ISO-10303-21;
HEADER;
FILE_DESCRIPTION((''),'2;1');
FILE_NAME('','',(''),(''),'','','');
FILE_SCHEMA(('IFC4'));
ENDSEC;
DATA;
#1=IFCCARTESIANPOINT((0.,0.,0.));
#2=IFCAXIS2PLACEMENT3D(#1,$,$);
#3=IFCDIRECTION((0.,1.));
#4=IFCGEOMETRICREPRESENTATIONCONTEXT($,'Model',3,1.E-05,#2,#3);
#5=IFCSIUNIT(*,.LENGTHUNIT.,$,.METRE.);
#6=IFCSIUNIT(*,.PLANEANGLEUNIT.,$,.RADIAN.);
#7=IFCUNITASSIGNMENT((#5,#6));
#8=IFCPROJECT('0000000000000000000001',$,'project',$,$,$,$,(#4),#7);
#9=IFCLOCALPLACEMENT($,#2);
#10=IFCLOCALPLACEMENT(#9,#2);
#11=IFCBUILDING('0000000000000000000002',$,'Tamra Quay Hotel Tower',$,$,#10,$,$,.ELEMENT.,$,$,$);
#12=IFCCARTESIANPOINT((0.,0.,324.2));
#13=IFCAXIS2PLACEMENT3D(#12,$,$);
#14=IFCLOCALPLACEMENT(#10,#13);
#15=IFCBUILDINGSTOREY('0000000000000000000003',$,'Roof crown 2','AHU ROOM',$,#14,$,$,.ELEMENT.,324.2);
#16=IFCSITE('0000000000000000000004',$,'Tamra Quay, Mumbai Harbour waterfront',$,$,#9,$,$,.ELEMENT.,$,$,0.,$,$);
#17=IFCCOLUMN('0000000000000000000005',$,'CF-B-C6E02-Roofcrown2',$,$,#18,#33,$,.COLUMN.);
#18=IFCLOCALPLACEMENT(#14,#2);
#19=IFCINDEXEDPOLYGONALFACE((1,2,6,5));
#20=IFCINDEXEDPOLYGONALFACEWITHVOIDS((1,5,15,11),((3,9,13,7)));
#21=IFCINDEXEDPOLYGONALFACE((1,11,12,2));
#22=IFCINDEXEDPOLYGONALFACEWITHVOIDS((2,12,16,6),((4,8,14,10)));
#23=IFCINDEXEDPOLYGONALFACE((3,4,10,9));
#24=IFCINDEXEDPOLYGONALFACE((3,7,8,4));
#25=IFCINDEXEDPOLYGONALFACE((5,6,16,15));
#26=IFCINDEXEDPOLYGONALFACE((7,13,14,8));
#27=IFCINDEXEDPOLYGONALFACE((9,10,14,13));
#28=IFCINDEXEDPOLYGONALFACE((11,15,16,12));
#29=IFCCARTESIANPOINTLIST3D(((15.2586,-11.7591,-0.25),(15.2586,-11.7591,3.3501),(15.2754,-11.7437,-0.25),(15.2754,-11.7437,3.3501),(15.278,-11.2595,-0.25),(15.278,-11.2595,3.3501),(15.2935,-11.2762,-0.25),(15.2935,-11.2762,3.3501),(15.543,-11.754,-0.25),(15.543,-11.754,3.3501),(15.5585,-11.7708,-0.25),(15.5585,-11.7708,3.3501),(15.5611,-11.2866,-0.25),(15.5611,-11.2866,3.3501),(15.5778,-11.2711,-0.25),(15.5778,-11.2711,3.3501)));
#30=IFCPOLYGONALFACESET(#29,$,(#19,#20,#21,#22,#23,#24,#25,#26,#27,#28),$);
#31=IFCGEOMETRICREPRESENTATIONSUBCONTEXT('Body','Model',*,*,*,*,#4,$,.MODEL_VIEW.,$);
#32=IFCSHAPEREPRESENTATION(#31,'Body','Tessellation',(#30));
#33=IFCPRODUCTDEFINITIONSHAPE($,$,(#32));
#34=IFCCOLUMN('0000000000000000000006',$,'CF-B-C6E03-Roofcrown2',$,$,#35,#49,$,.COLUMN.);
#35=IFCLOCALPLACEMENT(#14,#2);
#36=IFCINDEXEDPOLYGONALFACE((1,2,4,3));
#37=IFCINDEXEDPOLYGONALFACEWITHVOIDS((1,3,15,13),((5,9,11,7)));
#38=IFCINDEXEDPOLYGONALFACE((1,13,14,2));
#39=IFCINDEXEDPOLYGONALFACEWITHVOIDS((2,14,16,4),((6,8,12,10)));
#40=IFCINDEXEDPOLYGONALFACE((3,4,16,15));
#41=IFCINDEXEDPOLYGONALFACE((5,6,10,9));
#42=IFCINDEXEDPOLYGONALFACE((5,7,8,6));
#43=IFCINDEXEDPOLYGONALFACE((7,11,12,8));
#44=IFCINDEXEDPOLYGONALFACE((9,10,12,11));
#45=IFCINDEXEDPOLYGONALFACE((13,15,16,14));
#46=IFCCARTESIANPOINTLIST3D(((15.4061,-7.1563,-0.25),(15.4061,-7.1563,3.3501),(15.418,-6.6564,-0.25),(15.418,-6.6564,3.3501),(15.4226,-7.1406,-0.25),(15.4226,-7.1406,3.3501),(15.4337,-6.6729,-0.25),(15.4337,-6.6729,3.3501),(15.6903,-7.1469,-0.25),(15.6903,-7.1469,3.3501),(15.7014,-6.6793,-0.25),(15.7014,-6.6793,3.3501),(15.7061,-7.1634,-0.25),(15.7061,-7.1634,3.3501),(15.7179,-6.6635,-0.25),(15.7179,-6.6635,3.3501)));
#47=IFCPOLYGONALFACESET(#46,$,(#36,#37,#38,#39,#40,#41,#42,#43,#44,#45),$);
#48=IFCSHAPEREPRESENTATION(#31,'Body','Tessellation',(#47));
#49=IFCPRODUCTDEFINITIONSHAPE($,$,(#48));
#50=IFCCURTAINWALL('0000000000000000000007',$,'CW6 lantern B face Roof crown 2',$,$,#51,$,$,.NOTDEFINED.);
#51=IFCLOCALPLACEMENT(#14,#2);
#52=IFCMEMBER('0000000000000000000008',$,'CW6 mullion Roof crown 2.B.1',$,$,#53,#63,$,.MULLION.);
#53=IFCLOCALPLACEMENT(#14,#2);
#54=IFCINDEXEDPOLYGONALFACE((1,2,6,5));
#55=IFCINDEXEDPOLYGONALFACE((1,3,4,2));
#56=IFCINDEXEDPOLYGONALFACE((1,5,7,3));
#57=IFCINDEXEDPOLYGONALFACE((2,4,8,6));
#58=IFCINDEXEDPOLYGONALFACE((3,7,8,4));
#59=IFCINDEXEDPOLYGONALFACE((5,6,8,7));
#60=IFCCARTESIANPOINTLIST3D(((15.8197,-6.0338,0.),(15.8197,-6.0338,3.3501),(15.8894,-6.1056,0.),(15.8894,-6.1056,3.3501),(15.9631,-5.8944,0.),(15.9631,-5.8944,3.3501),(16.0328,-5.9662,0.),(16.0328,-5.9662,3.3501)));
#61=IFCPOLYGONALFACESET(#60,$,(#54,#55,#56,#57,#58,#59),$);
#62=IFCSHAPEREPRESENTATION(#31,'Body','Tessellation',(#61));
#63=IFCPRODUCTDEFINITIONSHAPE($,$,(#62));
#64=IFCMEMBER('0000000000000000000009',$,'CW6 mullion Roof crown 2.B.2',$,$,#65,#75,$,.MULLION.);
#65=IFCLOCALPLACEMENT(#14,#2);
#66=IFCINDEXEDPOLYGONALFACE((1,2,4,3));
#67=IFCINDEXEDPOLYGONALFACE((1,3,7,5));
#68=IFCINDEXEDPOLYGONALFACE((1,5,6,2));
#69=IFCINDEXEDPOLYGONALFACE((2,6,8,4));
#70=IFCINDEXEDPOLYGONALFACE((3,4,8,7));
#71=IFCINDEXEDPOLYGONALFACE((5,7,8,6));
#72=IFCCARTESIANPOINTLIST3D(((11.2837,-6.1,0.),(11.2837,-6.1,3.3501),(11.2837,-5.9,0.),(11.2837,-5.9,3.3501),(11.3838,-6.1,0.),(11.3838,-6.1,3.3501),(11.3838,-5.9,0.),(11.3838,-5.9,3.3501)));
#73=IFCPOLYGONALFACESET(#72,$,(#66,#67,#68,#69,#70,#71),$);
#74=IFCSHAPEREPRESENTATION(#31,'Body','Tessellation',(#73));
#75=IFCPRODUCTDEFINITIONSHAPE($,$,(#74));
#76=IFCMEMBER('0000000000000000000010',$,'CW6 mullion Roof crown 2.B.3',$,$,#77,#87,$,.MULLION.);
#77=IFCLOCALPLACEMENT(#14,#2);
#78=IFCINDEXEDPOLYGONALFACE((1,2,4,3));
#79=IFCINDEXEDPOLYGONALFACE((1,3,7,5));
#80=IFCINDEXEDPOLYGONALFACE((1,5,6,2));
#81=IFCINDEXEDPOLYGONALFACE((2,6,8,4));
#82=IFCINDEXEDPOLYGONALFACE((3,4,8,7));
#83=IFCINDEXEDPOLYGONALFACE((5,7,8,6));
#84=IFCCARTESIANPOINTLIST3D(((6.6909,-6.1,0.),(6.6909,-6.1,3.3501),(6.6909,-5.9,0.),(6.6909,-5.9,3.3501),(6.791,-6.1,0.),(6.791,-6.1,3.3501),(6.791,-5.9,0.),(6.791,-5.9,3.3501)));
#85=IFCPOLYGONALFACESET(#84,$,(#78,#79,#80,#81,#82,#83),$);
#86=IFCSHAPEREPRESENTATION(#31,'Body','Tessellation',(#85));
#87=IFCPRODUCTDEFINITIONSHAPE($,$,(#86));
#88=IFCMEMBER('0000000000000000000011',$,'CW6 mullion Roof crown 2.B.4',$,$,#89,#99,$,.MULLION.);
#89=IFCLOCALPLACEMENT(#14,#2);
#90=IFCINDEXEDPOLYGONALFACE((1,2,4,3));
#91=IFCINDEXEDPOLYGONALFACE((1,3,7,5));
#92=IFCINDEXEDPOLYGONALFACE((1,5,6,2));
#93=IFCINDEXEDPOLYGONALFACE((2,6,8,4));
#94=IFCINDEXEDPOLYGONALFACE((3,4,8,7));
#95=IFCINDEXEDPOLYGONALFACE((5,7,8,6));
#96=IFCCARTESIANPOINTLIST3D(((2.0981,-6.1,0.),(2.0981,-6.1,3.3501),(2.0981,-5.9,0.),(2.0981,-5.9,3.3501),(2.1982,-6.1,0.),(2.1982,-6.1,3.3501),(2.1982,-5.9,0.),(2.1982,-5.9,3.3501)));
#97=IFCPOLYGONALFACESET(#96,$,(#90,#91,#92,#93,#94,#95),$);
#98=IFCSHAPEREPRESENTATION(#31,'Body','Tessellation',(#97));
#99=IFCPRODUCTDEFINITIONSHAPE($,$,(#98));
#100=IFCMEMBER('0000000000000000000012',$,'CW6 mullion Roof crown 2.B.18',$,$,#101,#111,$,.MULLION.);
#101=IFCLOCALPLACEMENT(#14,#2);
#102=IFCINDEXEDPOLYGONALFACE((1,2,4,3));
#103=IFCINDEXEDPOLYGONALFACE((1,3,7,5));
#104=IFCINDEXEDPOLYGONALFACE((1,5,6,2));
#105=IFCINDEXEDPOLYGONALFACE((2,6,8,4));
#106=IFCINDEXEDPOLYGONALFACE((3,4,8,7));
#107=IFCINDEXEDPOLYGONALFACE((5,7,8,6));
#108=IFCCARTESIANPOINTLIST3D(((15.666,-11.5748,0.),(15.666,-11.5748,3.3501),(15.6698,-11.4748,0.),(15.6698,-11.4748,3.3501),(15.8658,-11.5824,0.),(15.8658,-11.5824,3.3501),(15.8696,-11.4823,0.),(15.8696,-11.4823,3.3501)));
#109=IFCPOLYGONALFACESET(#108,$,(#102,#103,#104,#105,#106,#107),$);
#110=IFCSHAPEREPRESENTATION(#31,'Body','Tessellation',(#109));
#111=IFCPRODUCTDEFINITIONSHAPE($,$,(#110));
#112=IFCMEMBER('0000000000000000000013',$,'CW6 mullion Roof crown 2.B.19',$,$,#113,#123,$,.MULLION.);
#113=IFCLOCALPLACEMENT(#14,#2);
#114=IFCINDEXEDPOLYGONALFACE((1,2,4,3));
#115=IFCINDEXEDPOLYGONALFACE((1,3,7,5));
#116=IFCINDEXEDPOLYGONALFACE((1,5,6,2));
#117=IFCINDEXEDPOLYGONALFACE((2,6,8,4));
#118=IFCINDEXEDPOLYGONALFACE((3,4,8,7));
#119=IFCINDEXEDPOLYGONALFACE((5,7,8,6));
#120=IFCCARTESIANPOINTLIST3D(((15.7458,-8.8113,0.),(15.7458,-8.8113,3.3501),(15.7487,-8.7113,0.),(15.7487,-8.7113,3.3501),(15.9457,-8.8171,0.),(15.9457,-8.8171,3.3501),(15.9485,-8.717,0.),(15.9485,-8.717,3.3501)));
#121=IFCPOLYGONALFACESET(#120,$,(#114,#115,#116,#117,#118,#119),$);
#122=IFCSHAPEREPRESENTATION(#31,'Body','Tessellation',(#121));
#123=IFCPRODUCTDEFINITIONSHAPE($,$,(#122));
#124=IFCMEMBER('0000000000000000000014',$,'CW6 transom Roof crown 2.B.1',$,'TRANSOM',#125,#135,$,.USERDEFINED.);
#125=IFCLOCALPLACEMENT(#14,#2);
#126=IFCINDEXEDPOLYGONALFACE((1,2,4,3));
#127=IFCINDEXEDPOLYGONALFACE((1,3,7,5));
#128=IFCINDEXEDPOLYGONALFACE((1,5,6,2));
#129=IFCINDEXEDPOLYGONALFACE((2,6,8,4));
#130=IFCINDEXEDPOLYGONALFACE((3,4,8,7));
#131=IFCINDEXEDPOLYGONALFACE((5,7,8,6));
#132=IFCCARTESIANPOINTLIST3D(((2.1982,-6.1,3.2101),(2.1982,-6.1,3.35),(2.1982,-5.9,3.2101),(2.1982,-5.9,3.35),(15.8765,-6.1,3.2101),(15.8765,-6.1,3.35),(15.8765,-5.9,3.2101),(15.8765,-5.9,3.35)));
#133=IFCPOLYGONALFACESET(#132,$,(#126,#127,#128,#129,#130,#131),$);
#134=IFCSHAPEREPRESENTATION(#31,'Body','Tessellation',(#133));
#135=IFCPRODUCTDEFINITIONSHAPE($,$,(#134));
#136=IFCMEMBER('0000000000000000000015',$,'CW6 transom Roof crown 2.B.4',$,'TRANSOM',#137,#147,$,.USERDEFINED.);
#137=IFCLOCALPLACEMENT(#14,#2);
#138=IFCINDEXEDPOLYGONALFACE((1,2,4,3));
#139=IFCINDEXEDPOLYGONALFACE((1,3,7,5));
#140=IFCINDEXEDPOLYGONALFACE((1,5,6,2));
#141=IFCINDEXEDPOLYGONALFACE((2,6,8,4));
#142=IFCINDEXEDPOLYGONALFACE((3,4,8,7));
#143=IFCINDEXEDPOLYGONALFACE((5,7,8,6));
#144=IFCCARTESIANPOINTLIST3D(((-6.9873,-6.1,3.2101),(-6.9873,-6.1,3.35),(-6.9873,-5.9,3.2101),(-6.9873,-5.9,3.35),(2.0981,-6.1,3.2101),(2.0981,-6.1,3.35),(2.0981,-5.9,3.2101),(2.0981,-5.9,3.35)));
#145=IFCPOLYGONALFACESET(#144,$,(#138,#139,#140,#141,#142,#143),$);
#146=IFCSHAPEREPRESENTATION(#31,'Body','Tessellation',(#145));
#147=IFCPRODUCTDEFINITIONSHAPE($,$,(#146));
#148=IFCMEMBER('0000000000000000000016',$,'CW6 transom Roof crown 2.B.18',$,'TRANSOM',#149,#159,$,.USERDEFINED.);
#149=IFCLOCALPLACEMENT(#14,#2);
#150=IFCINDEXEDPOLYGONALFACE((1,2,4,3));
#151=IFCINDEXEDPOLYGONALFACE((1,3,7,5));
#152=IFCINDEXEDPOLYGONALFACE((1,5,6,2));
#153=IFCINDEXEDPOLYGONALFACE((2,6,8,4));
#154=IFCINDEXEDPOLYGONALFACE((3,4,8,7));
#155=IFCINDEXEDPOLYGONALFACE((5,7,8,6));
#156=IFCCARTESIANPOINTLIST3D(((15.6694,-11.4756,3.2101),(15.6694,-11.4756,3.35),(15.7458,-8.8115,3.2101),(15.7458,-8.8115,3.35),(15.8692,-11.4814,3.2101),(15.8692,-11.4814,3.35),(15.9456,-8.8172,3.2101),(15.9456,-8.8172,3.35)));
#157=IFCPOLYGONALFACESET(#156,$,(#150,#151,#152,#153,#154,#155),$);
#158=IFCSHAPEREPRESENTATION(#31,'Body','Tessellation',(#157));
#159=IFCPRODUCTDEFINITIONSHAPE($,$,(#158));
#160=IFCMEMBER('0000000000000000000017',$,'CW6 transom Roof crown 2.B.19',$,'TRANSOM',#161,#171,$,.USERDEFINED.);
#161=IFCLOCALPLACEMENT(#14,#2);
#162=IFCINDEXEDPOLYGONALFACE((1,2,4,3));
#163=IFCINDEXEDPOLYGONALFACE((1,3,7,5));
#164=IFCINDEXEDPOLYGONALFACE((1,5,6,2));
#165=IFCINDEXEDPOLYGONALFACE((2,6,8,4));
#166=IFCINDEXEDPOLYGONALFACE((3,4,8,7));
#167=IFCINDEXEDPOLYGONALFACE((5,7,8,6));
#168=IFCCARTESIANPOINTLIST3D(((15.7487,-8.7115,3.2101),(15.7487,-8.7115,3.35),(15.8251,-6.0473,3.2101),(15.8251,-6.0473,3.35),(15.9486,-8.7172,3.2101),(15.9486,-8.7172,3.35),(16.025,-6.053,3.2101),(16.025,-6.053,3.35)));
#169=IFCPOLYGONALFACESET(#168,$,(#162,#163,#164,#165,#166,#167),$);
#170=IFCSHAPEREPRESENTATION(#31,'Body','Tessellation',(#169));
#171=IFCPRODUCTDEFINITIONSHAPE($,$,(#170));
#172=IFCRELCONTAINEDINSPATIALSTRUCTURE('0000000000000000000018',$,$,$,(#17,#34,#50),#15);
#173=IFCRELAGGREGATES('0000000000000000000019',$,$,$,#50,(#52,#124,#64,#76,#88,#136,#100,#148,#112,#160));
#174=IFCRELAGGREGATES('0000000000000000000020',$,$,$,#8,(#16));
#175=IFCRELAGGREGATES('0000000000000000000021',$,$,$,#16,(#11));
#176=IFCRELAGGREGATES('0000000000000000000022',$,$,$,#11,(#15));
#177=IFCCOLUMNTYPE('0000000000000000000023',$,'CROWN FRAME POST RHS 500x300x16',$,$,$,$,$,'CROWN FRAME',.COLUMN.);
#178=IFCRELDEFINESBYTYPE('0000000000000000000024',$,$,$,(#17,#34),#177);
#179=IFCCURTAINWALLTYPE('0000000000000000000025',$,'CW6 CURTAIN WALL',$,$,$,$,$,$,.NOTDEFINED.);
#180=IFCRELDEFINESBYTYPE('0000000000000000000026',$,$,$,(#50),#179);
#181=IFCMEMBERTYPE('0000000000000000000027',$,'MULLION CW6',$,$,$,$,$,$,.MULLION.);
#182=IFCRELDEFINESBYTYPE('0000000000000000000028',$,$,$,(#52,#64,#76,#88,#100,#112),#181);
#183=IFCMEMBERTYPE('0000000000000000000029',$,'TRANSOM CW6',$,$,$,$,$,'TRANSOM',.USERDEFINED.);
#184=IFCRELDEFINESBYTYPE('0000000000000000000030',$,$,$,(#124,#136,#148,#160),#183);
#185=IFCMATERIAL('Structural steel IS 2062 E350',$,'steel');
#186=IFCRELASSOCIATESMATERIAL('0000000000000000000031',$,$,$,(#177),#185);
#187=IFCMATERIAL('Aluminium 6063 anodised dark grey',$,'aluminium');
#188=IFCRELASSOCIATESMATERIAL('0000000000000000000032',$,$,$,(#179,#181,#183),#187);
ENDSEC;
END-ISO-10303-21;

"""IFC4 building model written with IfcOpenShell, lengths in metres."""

from ifc_helpers import new_model, si_unit, direction, frame, origin, origin_2d, place, context, subcontext, project, spatial, rectangle, hollow_rectangle, extrude, material, material_profile, profile_set, type_object, element, aggregate, save


model = new_model("IFC4")

# Units and contexts
model_context = context("Model", 3, precision=1e-05, world=origin(), true_north=direction((0.0, 1.0)))
body_context = subcontext(model_context, "Body", "Model", "MODEL_VIEW")
ifc_project = project(units=[si_unit("LENGTHUNIT", "METRE"), si_unit("PLANEANGLEUNIT", "RADIAN")], contexts=[model_context])

# Site, building, storey
site_placement = place(None, origin())
site = spatial("IfcSite", under=ifc_project, at=site_placement, Name="Tamra Quay, Mumbai Harbour waterfront", CompositionType="ELEMENT", RefElevation=0.0)
building_placement = place(site_placement, origin())
building = spatial("IfcBuilding", under=site, at=building_placement, Name="Tamra Quay Hotel Tower", CompositionType="ELEMENT")
storey_placement = place(building_placement, frame((0.0, 0.0, 324.2)))
storey = spatial("IfcBuildingStorey", under=building, at=storey_placement, Name="Roof crown 2", Description="AHU ROOM", CompositionType="ELEMENT", Elevation=324.2)

# Columns
ifc_material_1 = material(Name="Structural steel IS 2062 E350", Category="steel")
ifc_material_profile_1 = material_profile(ifc_material_1, hollow_rectangle(XDim=0.3, YDim=0.5, WallThickness=0.0161, at=origin_2d()), Name="RHS 500x300x16")
ifc_profile_set_1 = profile_set([ifc_material_profile_1], Name="Structural steel IS 2062 E350")
column_type = type_object("IfcColumnType", Name="CROWN FRAME POST RHS 500x300x16", ElementType="CROWN FRAME", PredefinedType="COLUMN", material=ifc_profile_set_1)
for number, where, z_axis, x_axis, name in (
    (1, (15.4182, -11.5151, -0.25), (0.0, 0.0, 1.0), (-0.999251, 0.038691, 0.0), "CF-B-C6E02-Roofcrown2"),
    (2, (15.562, -6.9099, -0.25), (0.0, 0.0, 1.0), (-0.999718, 0.023753, 0.0), "CF-B-C6E03-Roofcrown2"),
):
    element("IfcColumn", number, at=place(storey_placement, frame(where, z_axis=z_axis, x_axis=x_axis)), inside=storey, type_object=column_type, Name=name, PredefinedType="COLUMN", context=body_context, shape_type="SweptSolid", body=[
        extrude(hollow_rectangle(XDim=0.3, YDim=0.5, WallThickness=0.0161, at=origin_2d()), origin(), (0.0, 0.0, 1.0), 3.6001),
    ])

# Curtain wall, members
ifc_material_2 = material(Name="Aluminium 6063 anodised dark grey", Category="aluminium")
curtain_wall_type = type_object("IfcCurtainWallType", Name="CW6 CURTAIN WALL", PredefinedType="NOTDEFINED", material=ifc_material_2)
curtain_wall_placement = place(storey_placement, origin())
curtain_wall = element("IfcCurtainWall", 3, at=curtain_wall_placement, inside=storey, type_object=curtain_wall_type, Name="CW6 lantern B face Roof crown 2", PredefinedType="NOTDEFINED")
ifc_material_profile_2 = material_profile(ifc_material_2, rectangle(XDim=0.2, YDim=0.1001, at=origin_2d()), Name="MULLION 100X200")
ifc_profile_set_2 = profile_set([ifc_material_profile_2], Name="Aluminium 6063 anodised dark grey")
member_type_1 = type_object("IfcMemberType", Name="MULLION CW6", PredefinedType="MULLION", material=ifc_profile_set_2)
member_1_placement = place(storey_placement, frame((15.9263, -6.0, 0.0), z_axis=(0.0, 0.0, 1.0), x_axis=(0.717164, 0.696904, 0.0)))
member_1 = element("IfcMember", 4, at=member_1_placement, type_object=member_type_1, Name="CW6 mullion Roof crown 2.B.1", PredefinedType="MULLION", context=body_context, shape_type="SweptSolid", body=[
    extrude(rectangle(XDim=0.2, YDim=0.1001, at=origin_2d()), origin(), (0.0, 0.0, 1.0), 3.3501),
])
member_2_placement = place(storey_placement, frame((11.3337, -6.0, 0.0), z_axis=(0.0, 0.0, 1.0), x_axis=(0.0, 1.0, 0.0)))
member_2 = element("IfcMember", 5, at=member_2_placement, type_object=member_type_1, Name="CW6 mullion Roof crown 2.B.2", PredefinedType="MULLION", context=body_context, shape_type="SweptSolid", body=[
    extrude(rectangle(XDim=0.2, YDim=0.1001, at=origin_2d()), origin(), (0.0, 0.0, 1.0), 3.3501),
])
member_3_placement = place(storey_placement, frame((6.741, -6.0, 0.0), z_axis=(0.0, 0.0, 1.0), x_axis=(0.0, 1.0, 0.0)))
member_3 = element("IfcMember", 6, at=member_3_placement, type_object=member_type_1, Name="CW6 mullion Roof crown 2.B.3", PredefinedType="MULLION", context=body_context, shape_type="SweptSolid", body=[
    extrude(rectangle(XDim=0.2, YDim=0.1001, at=origin_2d()), origin(), (0.0, 0.0, 1.0), 3.3501),
])
member_4_placement = place(storey_placement, frame((2.1482, -6.0, 0.0), z_axis=(0.0, 0.0, 1.0), x_axis=(0.0, 1.0, 0.0)))
member_4 = element("IfcMember", 7, at=member_4_placement, type_object=member_type_1, Name="CW6 mullion Roof crown 2.B.4", PredefinedType="MULLION", context=body_context, shape_type="SweptSolid", body=[
    extrude(rectangle(XDim=0.2, YDim=0.1001, at=origin_2d()), origin(), (0.0, 0.0, 1.0), 3.3501),
])
member_5_placement = place(storey_placement, frame((15.7678, -11.5286, 0.0), z_axis=(0.0, 0.0, 1.0), x_axis=(0.999288, -0.037737, 0.0)))
member_5 = element("IfcMember", 8, at=member_5_placement, type_object=member_type_1, Name="CW6 mullion Roof crown 2.B.18", PredefinedType="MULLION", context=body_context, shape_type="SweptSolid", body=[
    extrude(rectangle(XDim=0.2, YDim=0.1001, at=origin_2d()), origin(), (0.0, 0.0, 1.0), 3.3501),
])
member_6_placement = place(storey_placement, frame((15.8472, -8.7642, 0.0), z_axis=(0.0, 0.0, 1.0), x_axis=(0.99959, -0.02865, 0.0)))
member_6 = element("IfcMember", 9, at=member_6_placement, type_object=member_type_1, Name="CW6 mullion Roof crown 2.B.19", PredefinedType="MULLION", context=body_context, shape_type="SweptSolid", body=[
    extrude(rectangle(XDim=0.2, YDim=0.1001, at=origin_2d()), origin(), (0.0, 0.0, 1.0), 3.3501),
])
ifc_material_profile_3 = material_profile(ifc_material_2, rectangle(XDim=0.2, YDim=0.1399, at=origin_2d()), Name="TRANSOM 200X140")
ifc_profile_set_3 = profile_set([ifc_material_profile_3], Name="Aluminium 6063 anodised dark grey")
member_type_2 = type_object("IfcMemberType", Name="TRANSOM CW6", ElementType="TRANSOM", PredefinedType="USERDEFINED", material=ifc_profile_set_3)
member_7_placement = place(storey_placement, frame((15.8765, -6.0, 3.28), z_axis=(-1.0, 0.0, 0.0), x_axis=(0.0, -1.0, 0.0)))
member_7 = element("IfcMember", 10, at=member_7_placement, type_object=member_type_2, Name="CW6 transom Roof crown 2.B.1", ObjectType="TRANSOM", PredefinedType="USERDEFINED", context=body_context, shape_type="SweptSolid", body=[
    extrude(rectangle(XDim=0.2, YDim=0.1399, at=origin_2d()), origin(), (0.0, 0.0, 1.0), 13.6782),
])
member_8_placement = place(storey_placement, frame((2.0981, -6.0, 3.28), z_axis=(-1.0, 0.0, 0.0), x_axis=(0.0, -1.0, 0.0)))
member_8 = element("IfcMember", 11, at=member_8_placement, type_object=member_type_2, Name="CW6 transom Roof crown 2.B.4", ObjectType="TRANSOM", PredefinedType="USERDEFINED", context=body_context, shape_type="SweptSolid", body=[
    extrude(rectangle(XDim=0.2, YDim=0.1399, at=origin_2d()), origin(), (0.0, 0.0, 1.0), 9.0854),
])
member_9_placement = place(storey_placement, frame((15.7693, -11.4785, 3.28), z_axis=(0.02867, 0.999589, 0.0), x_axis=(-0.999589, 0.02867, 0.0)))
member_9 = element("IfcMember", 12, at=member_9_placement, type_object=member_type_2, Name="CW6 transom Roof crown 2.B.18", ObjectType="TRANSOM", PredefinedType="USERDEFINED", context=body_context, shape_type="SweptSolid", body=[
    extrude(rectangle(XDim=0.2, YDim=0.1399, at=origin_2d()), origin(), (0.0, 0.0, 1.0), 2.6653),
])
member_10_placement = place(storey_placement, frame((15.8486, -8.7144, 3.28), z_axis=(0.02867, 0.999589, 0.0), x_axis=(-0.999589, 0.02867, 0.0)))
member_10 = element("IfcMember", 13, at=member_10_placement, type_object=member_type_2, Name="CW6 transom Roof crown 2.B.19", ObjectType="TRANSOM", PredefinedType="USERDEFINED", context=body_context, shape_type="SweptSolid", body=[
    extrude(rectangle(XDim=0.2, YDim=0.1399, at=origin_2d()), origin(), (0.0, 0.0, 1.0), 2.6653),
])

aggregate(curtain_wall, [member_1, member_7, member_2, member_3, member_4, member_8, member_5, member_9, member_6, member_10])

save(model, "model.ifc")
